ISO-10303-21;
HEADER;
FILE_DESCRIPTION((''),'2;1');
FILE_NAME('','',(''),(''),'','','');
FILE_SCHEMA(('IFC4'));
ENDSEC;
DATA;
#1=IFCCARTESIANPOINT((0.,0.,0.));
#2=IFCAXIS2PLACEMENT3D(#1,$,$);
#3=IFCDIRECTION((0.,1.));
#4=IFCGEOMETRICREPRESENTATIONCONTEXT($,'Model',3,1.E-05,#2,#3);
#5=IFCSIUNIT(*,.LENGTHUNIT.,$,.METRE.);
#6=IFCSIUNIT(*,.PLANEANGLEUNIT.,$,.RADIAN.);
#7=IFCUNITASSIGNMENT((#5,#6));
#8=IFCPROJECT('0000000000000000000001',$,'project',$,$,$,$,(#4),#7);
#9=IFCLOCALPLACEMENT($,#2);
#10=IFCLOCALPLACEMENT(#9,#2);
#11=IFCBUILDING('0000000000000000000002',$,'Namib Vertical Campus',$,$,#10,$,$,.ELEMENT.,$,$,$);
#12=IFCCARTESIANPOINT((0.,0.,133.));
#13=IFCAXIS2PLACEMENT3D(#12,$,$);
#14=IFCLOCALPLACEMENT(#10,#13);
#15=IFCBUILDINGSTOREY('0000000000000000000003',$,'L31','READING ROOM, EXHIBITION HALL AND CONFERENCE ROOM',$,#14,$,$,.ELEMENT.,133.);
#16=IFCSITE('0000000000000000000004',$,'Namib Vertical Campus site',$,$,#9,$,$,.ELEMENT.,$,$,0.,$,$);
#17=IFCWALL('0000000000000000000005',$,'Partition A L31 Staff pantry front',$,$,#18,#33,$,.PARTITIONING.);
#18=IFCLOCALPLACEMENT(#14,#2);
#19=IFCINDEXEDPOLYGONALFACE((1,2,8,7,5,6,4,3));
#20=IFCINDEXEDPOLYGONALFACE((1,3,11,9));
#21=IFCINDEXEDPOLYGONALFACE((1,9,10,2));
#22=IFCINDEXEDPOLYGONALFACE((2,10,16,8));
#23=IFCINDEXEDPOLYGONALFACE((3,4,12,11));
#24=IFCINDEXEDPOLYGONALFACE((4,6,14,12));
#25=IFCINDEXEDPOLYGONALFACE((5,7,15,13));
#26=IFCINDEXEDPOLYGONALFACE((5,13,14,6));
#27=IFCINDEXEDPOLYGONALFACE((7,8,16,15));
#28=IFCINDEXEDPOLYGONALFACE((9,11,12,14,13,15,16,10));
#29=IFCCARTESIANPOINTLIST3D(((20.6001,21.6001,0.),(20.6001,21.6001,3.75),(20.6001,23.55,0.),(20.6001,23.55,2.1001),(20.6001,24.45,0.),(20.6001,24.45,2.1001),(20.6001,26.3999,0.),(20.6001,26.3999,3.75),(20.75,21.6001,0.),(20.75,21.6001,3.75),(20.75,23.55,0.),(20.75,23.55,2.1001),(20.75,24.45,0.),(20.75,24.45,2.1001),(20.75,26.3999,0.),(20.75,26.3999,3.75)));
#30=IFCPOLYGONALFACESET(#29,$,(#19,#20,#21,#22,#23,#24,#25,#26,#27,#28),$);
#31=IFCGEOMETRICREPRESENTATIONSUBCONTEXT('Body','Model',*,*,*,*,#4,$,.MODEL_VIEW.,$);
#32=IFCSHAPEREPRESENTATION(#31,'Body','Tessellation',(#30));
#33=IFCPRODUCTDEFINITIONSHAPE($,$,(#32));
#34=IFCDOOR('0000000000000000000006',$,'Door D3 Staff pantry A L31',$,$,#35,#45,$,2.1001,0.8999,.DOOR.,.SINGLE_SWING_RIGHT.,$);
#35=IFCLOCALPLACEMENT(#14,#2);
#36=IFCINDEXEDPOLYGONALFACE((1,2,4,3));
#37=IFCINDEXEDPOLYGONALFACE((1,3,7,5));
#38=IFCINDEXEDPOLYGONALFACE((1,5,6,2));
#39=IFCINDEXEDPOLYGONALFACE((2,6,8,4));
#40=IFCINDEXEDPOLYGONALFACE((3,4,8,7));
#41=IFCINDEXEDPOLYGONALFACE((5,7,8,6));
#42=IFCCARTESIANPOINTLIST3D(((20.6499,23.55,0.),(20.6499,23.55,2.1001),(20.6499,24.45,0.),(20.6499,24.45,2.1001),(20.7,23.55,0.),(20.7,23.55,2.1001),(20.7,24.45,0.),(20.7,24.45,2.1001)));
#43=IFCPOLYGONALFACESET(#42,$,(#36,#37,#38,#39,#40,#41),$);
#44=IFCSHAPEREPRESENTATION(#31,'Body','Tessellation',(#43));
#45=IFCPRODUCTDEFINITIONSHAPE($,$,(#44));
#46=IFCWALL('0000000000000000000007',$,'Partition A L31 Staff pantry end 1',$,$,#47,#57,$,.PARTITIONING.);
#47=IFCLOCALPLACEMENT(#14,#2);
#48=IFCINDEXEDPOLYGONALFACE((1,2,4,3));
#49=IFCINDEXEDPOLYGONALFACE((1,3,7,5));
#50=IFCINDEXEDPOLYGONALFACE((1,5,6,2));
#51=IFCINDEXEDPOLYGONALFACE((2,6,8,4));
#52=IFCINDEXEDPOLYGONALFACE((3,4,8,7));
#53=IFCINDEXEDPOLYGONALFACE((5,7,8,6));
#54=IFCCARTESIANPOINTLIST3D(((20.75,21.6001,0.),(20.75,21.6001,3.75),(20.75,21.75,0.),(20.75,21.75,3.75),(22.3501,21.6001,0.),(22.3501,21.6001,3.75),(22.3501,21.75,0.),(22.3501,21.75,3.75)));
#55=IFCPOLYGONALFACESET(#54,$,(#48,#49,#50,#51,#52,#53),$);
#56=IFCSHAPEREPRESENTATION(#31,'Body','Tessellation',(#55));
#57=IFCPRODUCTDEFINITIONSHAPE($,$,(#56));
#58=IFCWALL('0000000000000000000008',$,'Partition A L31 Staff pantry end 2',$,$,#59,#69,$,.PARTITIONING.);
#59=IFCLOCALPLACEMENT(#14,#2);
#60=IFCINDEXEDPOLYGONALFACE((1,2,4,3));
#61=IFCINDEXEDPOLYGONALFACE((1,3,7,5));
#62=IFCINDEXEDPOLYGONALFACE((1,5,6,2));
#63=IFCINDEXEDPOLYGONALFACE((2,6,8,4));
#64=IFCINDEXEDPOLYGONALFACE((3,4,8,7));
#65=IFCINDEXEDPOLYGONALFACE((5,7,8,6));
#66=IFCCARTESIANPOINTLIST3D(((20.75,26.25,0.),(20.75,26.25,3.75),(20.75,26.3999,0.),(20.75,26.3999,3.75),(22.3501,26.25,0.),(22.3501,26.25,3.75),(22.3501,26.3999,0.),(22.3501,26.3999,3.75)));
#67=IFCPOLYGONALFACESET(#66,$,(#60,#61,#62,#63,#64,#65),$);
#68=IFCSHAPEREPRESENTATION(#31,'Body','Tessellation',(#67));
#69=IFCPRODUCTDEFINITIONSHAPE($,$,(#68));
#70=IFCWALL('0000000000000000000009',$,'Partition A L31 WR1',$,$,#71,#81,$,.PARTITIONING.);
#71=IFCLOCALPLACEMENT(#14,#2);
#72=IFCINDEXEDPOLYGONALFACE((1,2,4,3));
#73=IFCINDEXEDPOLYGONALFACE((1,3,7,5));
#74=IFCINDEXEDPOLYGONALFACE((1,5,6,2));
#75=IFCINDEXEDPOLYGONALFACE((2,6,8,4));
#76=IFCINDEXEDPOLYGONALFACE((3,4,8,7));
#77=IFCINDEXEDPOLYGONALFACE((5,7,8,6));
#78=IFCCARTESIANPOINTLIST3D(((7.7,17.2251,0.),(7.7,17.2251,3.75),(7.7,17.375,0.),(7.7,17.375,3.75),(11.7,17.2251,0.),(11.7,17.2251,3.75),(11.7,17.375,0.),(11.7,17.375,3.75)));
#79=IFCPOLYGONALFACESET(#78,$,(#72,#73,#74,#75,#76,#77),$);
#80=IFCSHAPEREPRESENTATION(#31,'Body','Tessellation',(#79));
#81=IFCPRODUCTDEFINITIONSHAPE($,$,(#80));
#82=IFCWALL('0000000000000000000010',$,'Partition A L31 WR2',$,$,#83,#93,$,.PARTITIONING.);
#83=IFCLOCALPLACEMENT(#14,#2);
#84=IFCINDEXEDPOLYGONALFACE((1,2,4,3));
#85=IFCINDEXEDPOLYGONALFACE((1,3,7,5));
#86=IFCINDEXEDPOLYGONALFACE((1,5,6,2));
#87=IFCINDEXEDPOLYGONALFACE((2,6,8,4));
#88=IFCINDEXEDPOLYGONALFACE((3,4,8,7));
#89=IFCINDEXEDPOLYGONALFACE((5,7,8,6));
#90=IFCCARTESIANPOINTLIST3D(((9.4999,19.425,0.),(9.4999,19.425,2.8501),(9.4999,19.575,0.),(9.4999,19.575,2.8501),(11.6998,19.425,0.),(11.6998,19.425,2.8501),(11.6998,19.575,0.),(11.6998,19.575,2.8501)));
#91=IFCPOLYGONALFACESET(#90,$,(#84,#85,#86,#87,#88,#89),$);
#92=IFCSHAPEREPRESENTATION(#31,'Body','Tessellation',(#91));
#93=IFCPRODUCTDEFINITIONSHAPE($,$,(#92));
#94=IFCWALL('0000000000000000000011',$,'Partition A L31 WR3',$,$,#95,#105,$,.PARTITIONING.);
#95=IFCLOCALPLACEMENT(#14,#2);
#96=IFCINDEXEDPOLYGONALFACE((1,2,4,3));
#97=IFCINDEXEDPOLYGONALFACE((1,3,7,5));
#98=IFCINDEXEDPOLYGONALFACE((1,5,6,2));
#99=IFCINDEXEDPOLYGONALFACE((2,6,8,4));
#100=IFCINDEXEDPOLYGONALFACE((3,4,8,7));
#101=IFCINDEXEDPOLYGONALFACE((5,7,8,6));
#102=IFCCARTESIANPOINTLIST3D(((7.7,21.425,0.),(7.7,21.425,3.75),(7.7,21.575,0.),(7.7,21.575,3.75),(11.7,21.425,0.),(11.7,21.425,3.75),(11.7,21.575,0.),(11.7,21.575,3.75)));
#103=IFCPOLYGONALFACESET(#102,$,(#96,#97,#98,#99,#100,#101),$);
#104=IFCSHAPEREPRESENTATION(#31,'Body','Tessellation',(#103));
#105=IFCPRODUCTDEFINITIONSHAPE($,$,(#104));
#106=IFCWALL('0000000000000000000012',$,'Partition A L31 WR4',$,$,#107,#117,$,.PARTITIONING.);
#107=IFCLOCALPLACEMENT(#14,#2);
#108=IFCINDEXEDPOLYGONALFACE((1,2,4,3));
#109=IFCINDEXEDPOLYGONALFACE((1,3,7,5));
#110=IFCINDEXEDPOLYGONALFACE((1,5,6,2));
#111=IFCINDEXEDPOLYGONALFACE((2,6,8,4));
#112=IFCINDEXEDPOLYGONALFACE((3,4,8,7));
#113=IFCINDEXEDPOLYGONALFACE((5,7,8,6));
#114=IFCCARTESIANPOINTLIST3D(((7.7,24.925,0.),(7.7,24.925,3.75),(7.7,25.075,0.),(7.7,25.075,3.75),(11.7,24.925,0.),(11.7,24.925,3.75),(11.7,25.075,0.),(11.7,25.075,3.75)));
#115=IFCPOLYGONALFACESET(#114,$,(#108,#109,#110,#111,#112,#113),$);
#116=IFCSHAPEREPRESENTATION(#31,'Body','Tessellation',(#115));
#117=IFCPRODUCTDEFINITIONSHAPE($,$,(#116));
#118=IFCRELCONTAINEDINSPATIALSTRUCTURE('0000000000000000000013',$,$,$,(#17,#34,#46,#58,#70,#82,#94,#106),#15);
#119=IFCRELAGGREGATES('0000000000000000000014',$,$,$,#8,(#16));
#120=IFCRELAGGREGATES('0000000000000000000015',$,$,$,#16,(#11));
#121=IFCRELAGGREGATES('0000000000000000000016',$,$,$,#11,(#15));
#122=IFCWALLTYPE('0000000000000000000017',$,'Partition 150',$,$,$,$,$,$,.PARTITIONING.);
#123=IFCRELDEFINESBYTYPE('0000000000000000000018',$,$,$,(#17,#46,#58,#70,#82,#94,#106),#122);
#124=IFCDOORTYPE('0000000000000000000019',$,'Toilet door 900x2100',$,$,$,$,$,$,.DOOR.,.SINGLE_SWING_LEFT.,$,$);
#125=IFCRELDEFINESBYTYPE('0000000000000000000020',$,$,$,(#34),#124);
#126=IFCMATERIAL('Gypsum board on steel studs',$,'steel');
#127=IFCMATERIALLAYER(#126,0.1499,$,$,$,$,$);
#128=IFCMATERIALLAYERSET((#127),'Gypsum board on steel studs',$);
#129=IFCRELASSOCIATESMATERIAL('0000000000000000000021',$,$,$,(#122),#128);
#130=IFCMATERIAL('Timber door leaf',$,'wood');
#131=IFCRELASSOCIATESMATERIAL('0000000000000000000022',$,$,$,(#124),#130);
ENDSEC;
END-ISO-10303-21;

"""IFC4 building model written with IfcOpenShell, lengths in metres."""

from ifc_helpers import new_model, si_unit, direction, frame, frame_2d, origin, place, context, subcontext, project, spatial, rectangle, extrude, material, layer, layer_set, type_object, element, fill, save


model = new_model("IFC4")

# Units and contexts
model_context = context("Model", 3, precision=1e-05, world=origin(), true_north=direction((0.0, 1.0)))
body_context = subcontext(model_context, "Body", "Model", "MODEL_VIEW")
ifc_project = project(units=[si_unit("LENGTHUNIT", "METRE"), si_unit("PLANEANGLEUNIT", "RADIAN")], contexts=[model_context])

# Site, building, storey
site_placement = place(None, origin())
site = spatial("IfcSite", under=ifc_project, at=site_placement, Name="Namib Vertical Campus site", CompositionType="ELEMENT", RefElevation=0.0)
building_placement = place(site_placement, origin())
building = spatial("IfcBuilding", under=site, at=building_placement, Name="Namib Vertical Campus", CompositionType="ELEMENT")
storey_placement = place(building_placement, frame((0.0, 0.0, 133.0)))
storey = spatial("IfcBuildingStorey", under=building, at=storey_placement, Name="L31", Description="READING ROOM, EXHIBITION HALL AND CONFERENCE ROOM", CompositionType="ELEMENT", Elevation=133.0)

# Wall, opening, door
ifc_material_1 = material(Name="Gypsum board on steel studs", Category="steel")
ifc_layer_1 = layer(ifc_material_1, 0.1499)
ifc_layer_set_1 = layer_set([ifc_layer_1], Name="Gypsum board on steel studs")
wall_type_1 = type_object("IfcWallType", Name="Partition 150", PredefinedType="PARTITIONING", material=ifc_layer_set_1)
wall_1_placement = place(storey_placement, frame((20.675, 21.6001, 0.0), z_axis=(0.0, 0.0, 1.0), x_axis=(0.0, 1.0, 0.0)))
wall_1 = element("IfcWall", 1, at=wall_1_placement, inside=storey, type_object=wall_type_1, Name="Partition A L31 Staff pantry front", PredefinedType="PARTITIONING", context=body_context, shape_type="SweptSolid", body=[
    extrude(rectangle(XDim=4.7998, YDim=0.1499, at=frame_2d((2.3999, 0.0))), origin(), (0.0, 0.0, 1.0), 3.75),
])
opening_1_placement = place(wall_1_placement, frame((1.95, 0.0, 0.0)))
opening_1 = element("IfcOpeningElement", 2, at=opening_1_placement, cuts=wall_1, PredefinedType="OPENING", context=body_context, shape_type="SweptSolid", body=[
    extrude(rectangle(XDim=0.8999, YDim=2.1001, at=frame_2d((0.45, 1.05))), frame((0.0, 0.085, 0.0), z_axis=(0.0, -1.0, 0.0), x_axis=(1.0, 0.0, 0.0)), (0.0, 0.0, 1.0), 0.1699),
])
ifc_material_2 = material(Name="Timber door leaf", Category="wood")
door_type_1 = type_object("IfcDoorType", Name="Toilet door 900x2100", OperationType="SINGLE_SWING_LEFT", PredefinedType="DOOR", material=ifc_material_2)
door_1_placement = place(opening_1_placement, frame((0.8999, 0.0, 0.0), z_axis=(0.0, 0.0, 1.0), x_axis=(-1.0, 0.0, 0.0)))
door_1 = element("IfcDoor", 3, at=door_1_placement, inside=storey, type_object=door_type_1, Name="Door D3 Staff pantry A L31", OperationType="SINGLE_SWING_RIGHT", OverallHeight=2.1001, OverallWidth=0.8999, PredefinedType="DOOR", context=body_context, shape_type="SweptSolid", body=[
    extrude(rectangle(XDim=0.8999, YDim=2.1001, at=frame_2d((0.45, 1.05))), frame((0.0, 0.0249, 0.0), z_axis=(0.0, -1.0, 0.0), x_axis=(1.0, 0.0, 0.0)), (0.0, 0.0, 1.0), 0.05),
])
fill(opening_1, door_1)

# Walls
for number, where, z_axis, x_axis, name in (
    (4, (20.75, 21.675, 0.0), (0.0, 0.0, 1.0), (1.0, 0.0, 0.0), "Partition A L31 Staff pantry end 1"),
    (5, (20.75, 26.325, 0.0), (0.0, 0.0, 1.0), (1.0, 0.0, 0.0), "Partition A L31 Staff pantry end 2"),
):
    element("IfcWall", number, at=place(storey_placement, frame(where, z_axis=z_axis, x_axis=x_axis)), inside=storey, type_object=wall_type_1, Name=name, PredefinedType="PARTITIONING", context=body_context, shape_type="SweptSolid", body=[
        extrude(rectangle(XDim=1.6001, YDim=0.1499, at=frame_2d((0.8, 0.0))), origin(), (0.0, 0.0, 1.0), 3.75),
    ])
wall_2_placement = place(storey_placement, frame((11.7, 17.3, 0.0), z_axis=(0.0, 0.0, 1.0), x_axis=(-1.0, 0.0, 0.0)))
element("IfcWall", 6, at=wall_2_placement, inside=storey, type_object=wall_type_1, Name="Partition A L31 WR1", PredefinedType="PARTITIONING", context=body_context, shape_type="SweptSolid", body=[
    extrude(rectangle(XDim=4.0, YDim=0.1499, at=frame_2d((2.0, 0.0))), origin(), (0.0, 0.0, 1.0), 3.75),
])
wall_3_placement = place(storey_placement, frame((11.7, 19.5, 0.0), z_axis=(0.0, 0.0, 1.0), x_axis=(-1.0, 0.0, 0.0)))
element("IfcWall", 7, at=wall_3_placement, inside=storey, type_object=wall_type_1, Name="Partition A L31 WR2", PredefinedType="PARTITIONING", context=body_context, shape_type="SweptSolid", body=[
    extrude(rectangle(XDim=2.2, YDim=0.1499, at=frame_2d((1.1001, 0.0))), origin(), (0.0, 0.0, 1.0), 2.8501),
])
for number, where, z_axis, x_axis, name in (
    (8, (11.7, 21.5, 0.0), (0.0, 0.0, 1.0), (-1.0, 0.0, 0.0), "Partition A L31 WR3"),
    (9, (11.7, 25.0, 0.0), (0.0, 0.0, 1.0), (-1.0, 0.0, 0.0), "Partition A L31 WR4"),
):
    element("IfcWall", number, at=place(storey_placement, frame(where, z_axis=z_axis, x_axis=x_axis)), inside=storey, type_object=wall_type_1, Name=name, PredefinedType="PARTITIONING", context=body_context, shape_type="SweptSolid", body=[
        extrude(rectangle(XDim=4.0, YDim=0.1499, at=frame_2d((2.0, 0.0))), origin(), (0.0, 0.0, 1.0), 3.75),
    ])

save(model, "model.ifc")
